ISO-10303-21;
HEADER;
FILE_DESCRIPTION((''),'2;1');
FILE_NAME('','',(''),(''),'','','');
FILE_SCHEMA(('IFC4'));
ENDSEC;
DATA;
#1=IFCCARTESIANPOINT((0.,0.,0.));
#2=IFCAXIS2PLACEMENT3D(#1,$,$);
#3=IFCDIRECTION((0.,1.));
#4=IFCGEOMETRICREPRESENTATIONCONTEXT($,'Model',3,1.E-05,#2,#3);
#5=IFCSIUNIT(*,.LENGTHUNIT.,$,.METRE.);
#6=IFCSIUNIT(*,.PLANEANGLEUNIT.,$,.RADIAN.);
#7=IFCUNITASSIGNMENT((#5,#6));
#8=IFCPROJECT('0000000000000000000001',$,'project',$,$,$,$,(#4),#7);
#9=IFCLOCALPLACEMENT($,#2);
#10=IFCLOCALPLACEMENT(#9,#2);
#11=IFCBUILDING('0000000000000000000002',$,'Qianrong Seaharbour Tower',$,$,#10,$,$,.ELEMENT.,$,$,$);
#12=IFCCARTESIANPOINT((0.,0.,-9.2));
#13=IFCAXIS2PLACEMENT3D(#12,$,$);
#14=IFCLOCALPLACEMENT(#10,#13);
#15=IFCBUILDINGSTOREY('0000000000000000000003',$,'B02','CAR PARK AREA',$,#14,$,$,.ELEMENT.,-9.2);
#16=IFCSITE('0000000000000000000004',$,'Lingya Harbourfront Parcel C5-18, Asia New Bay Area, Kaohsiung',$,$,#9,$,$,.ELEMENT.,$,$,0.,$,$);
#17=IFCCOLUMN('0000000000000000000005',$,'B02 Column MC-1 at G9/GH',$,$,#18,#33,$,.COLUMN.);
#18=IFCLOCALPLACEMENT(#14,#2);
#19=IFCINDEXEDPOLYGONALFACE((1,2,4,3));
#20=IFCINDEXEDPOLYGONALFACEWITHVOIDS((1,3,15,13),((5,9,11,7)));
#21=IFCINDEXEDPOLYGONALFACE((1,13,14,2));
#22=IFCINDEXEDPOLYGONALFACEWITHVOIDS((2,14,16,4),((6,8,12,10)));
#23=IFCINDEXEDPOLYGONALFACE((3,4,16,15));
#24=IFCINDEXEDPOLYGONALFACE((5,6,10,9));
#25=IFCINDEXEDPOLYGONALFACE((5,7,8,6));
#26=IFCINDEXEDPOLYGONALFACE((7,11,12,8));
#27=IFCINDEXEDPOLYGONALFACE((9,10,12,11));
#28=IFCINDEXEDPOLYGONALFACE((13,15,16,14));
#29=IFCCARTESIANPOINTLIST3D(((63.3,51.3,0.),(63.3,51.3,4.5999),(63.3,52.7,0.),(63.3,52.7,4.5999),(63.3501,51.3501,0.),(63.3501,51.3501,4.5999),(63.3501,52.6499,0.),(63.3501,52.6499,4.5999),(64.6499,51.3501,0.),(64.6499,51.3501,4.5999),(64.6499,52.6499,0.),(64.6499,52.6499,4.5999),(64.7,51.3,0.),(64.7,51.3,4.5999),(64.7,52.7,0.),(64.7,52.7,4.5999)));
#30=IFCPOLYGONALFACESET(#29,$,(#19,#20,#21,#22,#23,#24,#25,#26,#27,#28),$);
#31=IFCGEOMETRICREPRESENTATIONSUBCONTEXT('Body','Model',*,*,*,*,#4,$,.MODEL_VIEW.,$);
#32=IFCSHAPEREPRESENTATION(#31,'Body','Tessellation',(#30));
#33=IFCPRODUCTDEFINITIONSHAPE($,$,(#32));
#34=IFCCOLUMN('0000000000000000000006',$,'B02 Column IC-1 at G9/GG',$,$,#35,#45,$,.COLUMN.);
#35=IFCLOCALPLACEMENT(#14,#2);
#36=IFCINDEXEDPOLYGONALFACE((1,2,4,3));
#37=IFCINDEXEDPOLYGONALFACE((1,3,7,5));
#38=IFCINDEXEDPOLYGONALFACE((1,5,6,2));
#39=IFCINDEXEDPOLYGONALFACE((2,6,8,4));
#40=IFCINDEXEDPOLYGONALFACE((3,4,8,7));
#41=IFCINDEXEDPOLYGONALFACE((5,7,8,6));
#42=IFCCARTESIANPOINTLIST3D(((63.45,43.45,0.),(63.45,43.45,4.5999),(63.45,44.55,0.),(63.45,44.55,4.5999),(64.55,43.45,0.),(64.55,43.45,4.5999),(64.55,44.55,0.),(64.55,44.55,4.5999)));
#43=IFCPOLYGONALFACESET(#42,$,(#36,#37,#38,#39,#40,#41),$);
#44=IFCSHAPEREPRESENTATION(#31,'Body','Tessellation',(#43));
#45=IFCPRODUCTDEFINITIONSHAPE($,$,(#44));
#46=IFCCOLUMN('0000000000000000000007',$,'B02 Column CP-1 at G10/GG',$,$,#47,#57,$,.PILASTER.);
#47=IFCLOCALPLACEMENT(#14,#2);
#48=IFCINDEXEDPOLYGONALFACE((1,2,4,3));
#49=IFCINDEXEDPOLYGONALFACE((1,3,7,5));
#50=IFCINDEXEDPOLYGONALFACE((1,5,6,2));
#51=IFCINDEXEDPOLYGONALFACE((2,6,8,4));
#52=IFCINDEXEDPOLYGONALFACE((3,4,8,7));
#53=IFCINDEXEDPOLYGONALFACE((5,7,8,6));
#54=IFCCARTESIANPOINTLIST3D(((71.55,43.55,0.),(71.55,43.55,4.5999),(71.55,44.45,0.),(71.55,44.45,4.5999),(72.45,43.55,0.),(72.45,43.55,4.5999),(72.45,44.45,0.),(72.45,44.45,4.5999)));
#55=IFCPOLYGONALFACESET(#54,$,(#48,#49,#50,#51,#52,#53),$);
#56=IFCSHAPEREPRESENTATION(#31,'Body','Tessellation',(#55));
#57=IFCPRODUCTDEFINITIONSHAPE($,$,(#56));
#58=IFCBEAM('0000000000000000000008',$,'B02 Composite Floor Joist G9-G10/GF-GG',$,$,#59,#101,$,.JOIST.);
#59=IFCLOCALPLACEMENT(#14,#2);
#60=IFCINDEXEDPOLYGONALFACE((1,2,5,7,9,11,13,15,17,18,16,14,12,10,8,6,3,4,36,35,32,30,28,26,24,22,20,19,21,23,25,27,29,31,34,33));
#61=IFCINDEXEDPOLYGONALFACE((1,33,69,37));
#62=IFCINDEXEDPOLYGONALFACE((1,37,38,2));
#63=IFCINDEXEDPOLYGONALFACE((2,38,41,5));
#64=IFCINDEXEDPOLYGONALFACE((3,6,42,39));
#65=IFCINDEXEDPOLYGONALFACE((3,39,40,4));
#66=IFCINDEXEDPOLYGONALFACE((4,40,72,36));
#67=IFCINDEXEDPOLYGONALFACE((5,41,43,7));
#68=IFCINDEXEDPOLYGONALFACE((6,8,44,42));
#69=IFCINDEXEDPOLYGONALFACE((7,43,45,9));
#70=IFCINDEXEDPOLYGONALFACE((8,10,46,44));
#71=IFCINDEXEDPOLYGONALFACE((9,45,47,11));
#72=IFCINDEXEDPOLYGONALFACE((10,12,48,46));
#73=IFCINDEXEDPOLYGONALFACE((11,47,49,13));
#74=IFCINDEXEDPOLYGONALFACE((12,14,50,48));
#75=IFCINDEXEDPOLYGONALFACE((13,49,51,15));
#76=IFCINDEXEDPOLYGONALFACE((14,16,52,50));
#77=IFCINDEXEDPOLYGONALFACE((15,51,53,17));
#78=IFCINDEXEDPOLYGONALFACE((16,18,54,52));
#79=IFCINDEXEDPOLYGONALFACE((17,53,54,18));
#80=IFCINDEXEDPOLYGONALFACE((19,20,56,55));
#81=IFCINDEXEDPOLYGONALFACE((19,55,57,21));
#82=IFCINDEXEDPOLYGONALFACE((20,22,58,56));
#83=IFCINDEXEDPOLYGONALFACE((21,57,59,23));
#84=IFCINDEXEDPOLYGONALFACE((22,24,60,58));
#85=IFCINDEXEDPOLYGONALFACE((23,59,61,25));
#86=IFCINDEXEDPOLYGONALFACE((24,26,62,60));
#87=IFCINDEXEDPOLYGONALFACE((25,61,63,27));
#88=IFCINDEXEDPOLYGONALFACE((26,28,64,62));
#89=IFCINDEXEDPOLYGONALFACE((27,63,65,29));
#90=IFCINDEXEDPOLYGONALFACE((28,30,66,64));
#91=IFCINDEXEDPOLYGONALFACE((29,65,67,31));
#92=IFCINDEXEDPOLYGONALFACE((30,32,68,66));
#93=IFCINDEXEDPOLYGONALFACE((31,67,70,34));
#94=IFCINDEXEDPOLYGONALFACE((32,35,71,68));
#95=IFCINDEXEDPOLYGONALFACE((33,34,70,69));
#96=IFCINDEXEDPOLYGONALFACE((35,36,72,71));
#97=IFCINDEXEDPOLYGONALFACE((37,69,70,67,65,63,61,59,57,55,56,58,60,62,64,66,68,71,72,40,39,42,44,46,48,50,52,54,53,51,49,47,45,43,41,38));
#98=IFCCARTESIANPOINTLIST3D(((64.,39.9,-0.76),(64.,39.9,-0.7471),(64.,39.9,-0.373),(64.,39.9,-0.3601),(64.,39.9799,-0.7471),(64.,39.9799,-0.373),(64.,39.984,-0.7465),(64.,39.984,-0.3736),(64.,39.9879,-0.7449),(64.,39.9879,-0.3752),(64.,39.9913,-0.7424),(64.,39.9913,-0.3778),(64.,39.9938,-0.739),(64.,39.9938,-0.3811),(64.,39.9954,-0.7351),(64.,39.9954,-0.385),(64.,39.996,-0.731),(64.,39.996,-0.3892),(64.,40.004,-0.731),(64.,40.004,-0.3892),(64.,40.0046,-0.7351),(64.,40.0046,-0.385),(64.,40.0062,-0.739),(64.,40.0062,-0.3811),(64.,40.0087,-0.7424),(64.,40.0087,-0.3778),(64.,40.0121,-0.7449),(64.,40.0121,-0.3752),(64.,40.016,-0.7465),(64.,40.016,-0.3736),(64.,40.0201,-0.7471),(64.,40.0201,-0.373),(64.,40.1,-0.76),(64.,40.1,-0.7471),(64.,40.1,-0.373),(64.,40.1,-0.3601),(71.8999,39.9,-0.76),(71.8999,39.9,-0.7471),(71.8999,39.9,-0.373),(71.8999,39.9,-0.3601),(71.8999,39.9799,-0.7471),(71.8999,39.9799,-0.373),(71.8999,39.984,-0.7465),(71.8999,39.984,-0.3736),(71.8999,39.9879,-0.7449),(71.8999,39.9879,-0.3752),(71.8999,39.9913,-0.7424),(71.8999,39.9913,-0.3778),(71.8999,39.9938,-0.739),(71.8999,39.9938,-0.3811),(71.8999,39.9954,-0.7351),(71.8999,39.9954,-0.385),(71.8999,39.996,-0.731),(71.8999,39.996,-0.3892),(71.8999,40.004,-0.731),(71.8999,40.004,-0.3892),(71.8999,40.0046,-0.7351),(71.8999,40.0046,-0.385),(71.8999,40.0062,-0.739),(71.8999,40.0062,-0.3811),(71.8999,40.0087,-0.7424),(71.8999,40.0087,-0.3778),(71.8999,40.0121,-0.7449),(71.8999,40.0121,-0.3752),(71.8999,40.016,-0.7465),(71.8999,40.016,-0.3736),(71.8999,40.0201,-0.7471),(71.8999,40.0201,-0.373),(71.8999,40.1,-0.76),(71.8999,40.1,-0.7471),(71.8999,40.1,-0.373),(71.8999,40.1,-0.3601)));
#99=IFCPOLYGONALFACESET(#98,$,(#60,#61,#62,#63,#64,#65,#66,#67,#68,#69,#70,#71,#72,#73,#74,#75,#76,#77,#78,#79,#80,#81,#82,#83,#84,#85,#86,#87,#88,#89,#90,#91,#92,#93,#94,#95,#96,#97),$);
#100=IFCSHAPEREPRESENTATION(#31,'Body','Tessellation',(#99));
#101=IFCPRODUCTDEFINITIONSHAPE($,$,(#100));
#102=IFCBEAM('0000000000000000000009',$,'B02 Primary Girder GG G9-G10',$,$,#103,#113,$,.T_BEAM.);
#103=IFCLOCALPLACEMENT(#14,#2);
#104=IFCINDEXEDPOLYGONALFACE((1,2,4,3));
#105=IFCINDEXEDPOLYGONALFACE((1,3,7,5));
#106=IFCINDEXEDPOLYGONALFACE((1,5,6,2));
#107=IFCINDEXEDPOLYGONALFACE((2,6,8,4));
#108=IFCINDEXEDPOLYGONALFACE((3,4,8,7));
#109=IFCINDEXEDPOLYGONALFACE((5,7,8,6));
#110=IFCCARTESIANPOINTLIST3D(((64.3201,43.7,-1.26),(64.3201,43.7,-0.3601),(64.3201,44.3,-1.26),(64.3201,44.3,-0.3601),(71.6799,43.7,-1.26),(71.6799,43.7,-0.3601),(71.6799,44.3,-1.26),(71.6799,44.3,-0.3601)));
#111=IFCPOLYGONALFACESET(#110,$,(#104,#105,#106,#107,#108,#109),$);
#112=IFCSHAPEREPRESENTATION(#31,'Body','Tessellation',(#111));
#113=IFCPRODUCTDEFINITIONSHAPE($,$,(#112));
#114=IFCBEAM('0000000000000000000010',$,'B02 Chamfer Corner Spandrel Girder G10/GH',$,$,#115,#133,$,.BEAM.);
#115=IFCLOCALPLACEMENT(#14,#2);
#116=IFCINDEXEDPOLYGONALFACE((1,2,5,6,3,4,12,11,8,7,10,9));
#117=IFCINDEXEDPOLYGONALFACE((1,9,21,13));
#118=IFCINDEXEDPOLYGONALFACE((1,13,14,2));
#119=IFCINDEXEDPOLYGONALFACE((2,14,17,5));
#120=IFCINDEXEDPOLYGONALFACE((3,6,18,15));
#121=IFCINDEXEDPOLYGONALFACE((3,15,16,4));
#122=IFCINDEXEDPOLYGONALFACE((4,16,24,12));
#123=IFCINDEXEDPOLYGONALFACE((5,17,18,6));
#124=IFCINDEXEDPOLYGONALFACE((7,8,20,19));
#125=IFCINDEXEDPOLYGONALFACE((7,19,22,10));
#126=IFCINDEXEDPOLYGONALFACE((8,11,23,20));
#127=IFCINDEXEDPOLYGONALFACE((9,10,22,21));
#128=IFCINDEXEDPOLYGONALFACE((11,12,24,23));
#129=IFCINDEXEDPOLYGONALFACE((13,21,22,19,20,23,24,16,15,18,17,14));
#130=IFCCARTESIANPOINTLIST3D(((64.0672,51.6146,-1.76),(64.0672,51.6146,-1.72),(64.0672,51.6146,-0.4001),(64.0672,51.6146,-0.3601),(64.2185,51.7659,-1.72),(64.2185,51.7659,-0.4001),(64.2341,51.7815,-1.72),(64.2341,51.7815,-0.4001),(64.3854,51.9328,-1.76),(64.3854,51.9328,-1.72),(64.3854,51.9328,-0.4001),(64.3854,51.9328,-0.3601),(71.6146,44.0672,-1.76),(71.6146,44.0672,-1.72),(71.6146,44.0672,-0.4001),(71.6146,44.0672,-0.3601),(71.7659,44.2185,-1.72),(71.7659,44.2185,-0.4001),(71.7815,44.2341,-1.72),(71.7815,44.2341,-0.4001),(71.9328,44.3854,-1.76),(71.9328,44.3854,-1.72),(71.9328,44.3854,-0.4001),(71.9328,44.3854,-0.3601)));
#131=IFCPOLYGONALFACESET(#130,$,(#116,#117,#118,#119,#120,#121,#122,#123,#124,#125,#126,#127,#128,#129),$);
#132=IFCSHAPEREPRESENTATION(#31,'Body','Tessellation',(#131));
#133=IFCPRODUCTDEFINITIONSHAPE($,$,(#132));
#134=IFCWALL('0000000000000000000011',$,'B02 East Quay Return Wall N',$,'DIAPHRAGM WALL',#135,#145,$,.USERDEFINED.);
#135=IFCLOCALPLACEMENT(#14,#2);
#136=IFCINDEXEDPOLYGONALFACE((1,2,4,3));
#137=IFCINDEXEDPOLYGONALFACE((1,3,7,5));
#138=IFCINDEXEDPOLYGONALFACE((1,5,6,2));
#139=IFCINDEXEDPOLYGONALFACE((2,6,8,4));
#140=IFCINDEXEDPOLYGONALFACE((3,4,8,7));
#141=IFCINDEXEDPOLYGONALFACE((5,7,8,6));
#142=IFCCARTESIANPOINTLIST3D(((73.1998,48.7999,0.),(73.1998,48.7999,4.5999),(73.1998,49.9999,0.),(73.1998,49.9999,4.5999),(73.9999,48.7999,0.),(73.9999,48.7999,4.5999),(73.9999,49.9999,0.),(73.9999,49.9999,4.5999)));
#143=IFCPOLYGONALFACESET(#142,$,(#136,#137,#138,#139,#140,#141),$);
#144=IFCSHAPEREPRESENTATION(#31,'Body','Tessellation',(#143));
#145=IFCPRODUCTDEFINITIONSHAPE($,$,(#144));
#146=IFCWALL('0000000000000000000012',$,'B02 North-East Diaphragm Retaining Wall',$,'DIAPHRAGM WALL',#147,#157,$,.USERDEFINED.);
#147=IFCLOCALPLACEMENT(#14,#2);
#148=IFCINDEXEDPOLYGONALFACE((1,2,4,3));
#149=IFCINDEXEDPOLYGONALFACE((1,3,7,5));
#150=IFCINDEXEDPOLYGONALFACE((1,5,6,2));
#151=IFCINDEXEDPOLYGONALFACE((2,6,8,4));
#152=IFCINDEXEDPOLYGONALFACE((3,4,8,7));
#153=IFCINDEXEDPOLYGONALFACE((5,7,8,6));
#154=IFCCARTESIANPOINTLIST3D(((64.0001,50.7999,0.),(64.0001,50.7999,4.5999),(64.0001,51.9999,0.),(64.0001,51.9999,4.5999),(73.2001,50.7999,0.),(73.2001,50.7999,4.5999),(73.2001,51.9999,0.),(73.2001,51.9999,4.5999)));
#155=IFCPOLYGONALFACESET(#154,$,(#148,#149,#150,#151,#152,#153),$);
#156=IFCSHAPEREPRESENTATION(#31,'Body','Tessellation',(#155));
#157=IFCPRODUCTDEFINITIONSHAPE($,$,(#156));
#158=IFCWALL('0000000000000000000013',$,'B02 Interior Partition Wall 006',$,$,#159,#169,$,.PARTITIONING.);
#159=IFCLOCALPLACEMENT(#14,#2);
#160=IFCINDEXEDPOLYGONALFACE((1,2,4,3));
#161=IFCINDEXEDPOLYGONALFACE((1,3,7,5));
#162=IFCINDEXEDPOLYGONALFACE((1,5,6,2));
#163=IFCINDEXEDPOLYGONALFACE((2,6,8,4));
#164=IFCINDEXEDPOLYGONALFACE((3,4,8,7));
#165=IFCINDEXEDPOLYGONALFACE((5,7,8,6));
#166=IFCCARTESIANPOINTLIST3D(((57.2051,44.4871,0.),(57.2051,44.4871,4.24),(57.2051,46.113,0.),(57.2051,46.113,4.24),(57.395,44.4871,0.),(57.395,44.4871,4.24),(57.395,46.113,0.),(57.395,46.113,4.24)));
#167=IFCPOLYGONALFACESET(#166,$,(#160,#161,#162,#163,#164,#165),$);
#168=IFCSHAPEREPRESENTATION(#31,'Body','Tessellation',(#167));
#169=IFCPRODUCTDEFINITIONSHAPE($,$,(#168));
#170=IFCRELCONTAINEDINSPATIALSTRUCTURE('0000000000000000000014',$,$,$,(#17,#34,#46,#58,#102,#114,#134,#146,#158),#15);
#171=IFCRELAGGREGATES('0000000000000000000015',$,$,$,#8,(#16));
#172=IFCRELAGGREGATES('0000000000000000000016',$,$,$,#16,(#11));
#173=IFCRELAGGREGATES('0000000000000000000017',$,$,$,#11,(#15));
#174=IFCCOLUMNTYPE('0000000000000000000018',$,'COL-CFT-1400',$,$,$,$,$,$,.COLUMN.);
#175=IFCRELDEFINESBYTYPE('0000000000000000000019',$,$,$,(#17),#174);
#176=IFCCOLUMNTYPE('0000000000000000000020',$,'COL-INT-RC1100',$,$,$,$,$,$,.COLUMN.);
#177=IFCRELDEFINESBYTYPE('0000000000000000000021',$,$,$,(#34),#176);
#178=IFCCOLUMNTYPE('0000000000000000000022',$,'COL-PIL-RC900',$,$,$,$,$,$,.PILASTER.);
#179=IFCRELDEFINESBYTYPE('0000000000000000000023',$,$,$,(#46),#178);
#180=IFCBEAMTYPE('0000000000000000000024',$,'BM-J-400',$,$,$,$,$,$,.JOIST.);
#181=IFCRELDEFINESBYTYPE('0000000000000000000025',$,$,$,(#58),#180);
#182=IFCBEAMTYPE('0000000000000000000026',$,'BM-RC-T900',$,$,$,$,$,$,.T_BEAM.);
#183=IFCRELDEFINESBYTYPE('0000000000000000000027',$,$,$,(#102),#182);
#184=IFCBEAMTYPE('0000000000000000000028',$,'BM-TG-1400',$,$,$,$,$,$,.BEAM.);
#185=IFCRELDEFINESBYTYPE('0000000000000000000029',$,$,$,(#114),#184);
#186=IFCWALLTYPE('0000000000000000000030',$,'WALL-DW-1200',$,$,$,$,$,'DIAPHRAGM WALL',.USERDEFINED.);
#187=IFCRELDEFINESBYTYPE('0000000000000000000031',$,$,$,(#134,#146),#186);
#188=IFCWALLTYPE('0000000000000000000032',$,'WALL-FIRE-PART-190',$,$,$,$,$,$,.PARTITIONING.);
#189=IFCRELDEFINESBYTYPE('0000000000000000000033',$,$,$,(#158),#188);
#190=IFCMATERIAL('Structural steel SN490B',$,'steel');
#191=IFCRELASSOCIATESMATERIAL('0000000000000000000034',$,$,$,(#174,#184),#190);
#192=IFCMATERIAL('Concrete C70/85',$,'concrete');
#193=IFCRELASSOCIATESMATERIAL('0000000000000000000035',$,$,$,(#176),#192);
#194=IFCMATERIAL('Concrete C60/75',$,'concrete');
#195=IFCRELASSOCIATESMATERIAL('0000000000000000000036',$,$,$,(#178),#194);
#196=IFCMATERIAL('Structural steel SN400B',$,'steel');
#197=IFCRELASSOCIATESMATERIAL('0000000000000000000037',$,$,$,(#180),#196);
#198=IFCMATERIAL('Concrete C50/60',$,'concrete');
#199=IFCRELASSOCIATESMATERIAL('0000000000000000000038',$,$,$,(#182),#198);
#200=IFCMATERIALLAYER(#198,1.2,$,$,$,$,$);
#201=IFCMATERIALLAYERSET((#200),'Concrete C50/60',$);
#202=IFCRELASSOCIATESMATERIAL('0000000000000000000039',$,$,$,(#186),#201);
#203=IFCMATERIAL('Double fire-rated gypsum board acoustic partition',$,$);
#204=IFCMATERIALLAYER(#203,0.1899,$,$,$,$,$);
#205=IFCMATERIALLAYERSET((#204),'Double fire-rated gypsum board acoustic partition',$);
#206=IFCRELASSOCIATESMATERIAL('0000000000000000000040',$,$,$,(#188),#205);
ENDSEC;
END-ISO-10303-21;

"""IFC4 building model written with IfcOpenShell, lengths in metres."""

from ifc_helpers import new_model, si_unit, direction, frame, frame_2d, origin, origin_2d, place, context, subcontext, project, spatial, rectangle, hollow_rectangle, i_section, extrude, material, layer, layer_set, material_profile, profile_set, type_object, element, save


model = new_model("IFC4")

# Units and contexts
model_context = context("Model", 3, precision=1e-05, world=origin(), true_north=direction((0.0, 1.0)))
body_context = subcontext(model_context, "Body", "Model", "MODEL_VIEW")
ifc_project = project(units=[si_unit("LENGTHUNIT", "METRE"), si_unit("PLANEANGLEUNIT", "RADIAN")], contexts=[model_context])

# Site, building, storey
site_placement = place(None, origin())
site = spatial("IfcSite", under=ifc_project, at=site_placement, Name="Lingya Harbourfront Parcel C5-18, Asia New Bay Area, Kaohsiung", CompositionType="ELEMENT", RefElevation=0.0)
building_placement = place(site_placement, origin())
building = spatial("IfcBuilding", under=site, at=building_placement, Name="Qianrong Seaharbour Tower", CompositionType="ELEMENT")
storey_placement = place(building_placement, frame((0.0, 0.0, -9.2)))
storey = spatial("IfcBuildingStorey", under=building, at=storey_placement, Name="B02", Description="CAR PARK AREA", CompositionType="ELEMENT", Elevation=-9.2)

# Columns
ifc_material_1 = material(Name="Structural steel SN490B", Category="steel")
ifc_material_profile_1 = material_profile(ifc_material_1, hollow_rectangle(XDim=1.3999, YDim=1.3999, WallThickness=0.05, at=origin_2d()), Name="BOX1400x1400x50")
ifc_profile_set_1 = profile_set([ifc_material_profile_1], Name="Structural steel SN490B")
column_type_1 = type_object("IfcColumnType", Name="COL-CFT-1400", PredefinedType="COLUMN", material=ifc_profile_set_1)
column_1_placement = place(storey_placement, frame((64.0, 52.0, 0.0), z_axis=(0.0, 0.0, 1.0), x_axis=(1.0, 0.0, 0.0)))
element("IfcColumn", 1, at=column_1_placement, inside=storey, type_object=column_type_1, Name="B02 Column MC-1 at G9/GH", PredefinedType="COLUMN", context=body_context, shape_type="SweptSolid", body=[
    extrude(hollow_rectangle(XDim=1.3999, YDim=1.3999, WallThickness=0.05, at=origin_2d()), origin(), (0.0, 0.0, 1.0), 4.5999),
])
ifc_material_2 = material(Name="Concrete C70/85", Category="concrete")
ifc_material_profile_2 = material_profile(ifc_material_2, rectangle(XDim=1.1001, YDim=1.1001, at=origin_2d()), Name="RC1100x1100")
ifc_profile_set_2 = profile_set([ifc_material_profile_2], Name="Concrete C70/85")
column_type_2 = type_object("IfcColumnType", Name="COL-INT-RC1100", PredefinedType="COLUMN", material=ifc_profile_set_2)
column_2_placement = place(storey_placement, frame((64.0, 44.0, 0.0), z_axis=(0.0, 0.0, 1.0), x_axis=(1.0, 0.0, 0.0)))
element("IfcColumn", 2, at=column_2_placement, inside=storey, type_object=column_type_2, Name="B02 Column IC-1 at G9/GG", PredefinedType="COLUMN", context=body_context, shape_type="SweptSolid", body=[
    extrude(rectangle(XDim=1.1001, YDim=1.1001, at=origin_2d()), origin(), (0.0, 0.0, 1.0), 4.5999),
])
ifc_material_3 = material(Name="Concrete C60/75", Category="concrete")
ifc_material_profile_3 = material_profile(ifc_material_3, rectangle(XDim=0.8999, YDim=0.8999, at=origin_2d()), Name="RC900x900")
ifc_profile_set_3 = profile_set([ifc_material_profile_3], Name="Concrete C60/75")
column_type_3 = type_object("IfcColumnType", Name="COL-PIL-RC900", PredefinedType="PILASTER", material=ifc_profile_set_3)
column_3_placement = place(storey_placement, frame((72.0, 44.0, 0.0), z_axis=(0.0, 0.0, 1.0), x_axis=(1.0, 0.0, 0.0)))
element("IfcColumn", 3, at=column_3_placement, inside=storey, type_object=column_type_3, Name="B02 Column CP-1 at G10/GG", PredefinedType="PILASTER", context=body_context, shape_type="SweptSolid", body=[
    extrude(rectangle(XDim=0.8999, YDim=0.8999, at=origin_2d()), origin(), (0.0, 0.0, 1.0), 4.5999),
])

# Beams
ifc_material_4 = material(Name="Structural steel SN400B", Category="steel")
ifc_material_profile_4 = material_profile(ifc_material_4, i_section(OverallWidth=0.2, OverallDepth=0.3999, WebThickness=0.0081, FlangeThickness=0.0129, FilletRadius=0.0161, at=origin_2d()), Name="H400x200x8x13")
ifc_profile_set_4 = profile_set([ifc_material_profile_4], Name="Structural steel SN400B")
beam_type_1 = type_object("IfcBeamType", Name="BM-J-400", PredefinedType="JOIST", material=ifc_profile_set_4)
beam_1_placement = place(storey_placement, frame((64.0, 40.0, -0.5601), z_axis=(1.0, 0.0, 0.0), x_axis=(0.0, 1.0, 0.0)))
element("IfcBeam", 4, at=beam_1_placement, inside=storey, type_object=beam_type_1, Name="B02 Composite Floor Joist G9-G10/GF-GG", PredefinedType="JOIST", context=body_context, shape_type="SweptSolid", body=[
    extrude(i_section(OverallWidth=0.2, OverallDepth=0.3999, WebThickness=0.0081, FlangeThickness=0.0129, FilletRadius=0.0161, at=origin_2d()), origin(), (0.0, 0.0, 1.0), 7.8999),
])
ifc_material_5 = material(Name="Concrete C50/60", Category="concrete")
ifc_material_profile_5 = material_profile(ifc_material_5, rectangle(XDim=0.6001, YDim=0.8999, at=origin_2d()), Name="RC600x900")
ifc_profile_set_5 = profile_set([ifc_material_profile_5], Name="Concrete C50/60")
beam_type_2 = type_object("IfcBeamType", Name="BM-RC-T900", PredefinedType="T_BEAM", material=ifc_profile_set_5)
beam_2_placement = place(storey_placement, frame((64.3201, 44.0, -0.8101), z_axis=(1.0, 0.0, 0.0), x_axis=(0.0, 1.0, 0.0)))
element("IfcBeam", 5, at=beam_2_placement, inside=storey, type_object=beam_type_2, Name="B02 Primary Girder GG G9-G10", PredefinedType="T_BEAM", context=body_context, shape_type="SweptSolid", body=[
    extrude(rectangle(XDim=0.6001, YDim=0.8999, at=origin_2d()), origin(), (0.0, 0.0, 1.0), 7.3599),
])
ifc_material_profile_6 = material_profile(ifc_material_1, i_section(OverallWidth=0.45, OverallDepth=1.3999, WebThickness=0.022, FlangeThickness=0.04, at=origin_2d()), Name="BH1400x450x22x40")
ifc_profile_set_6 = profile_set([ifc_material_profile_6], Name="Structural steel SN490B")
beam_type_3 = type_object("IfcBeamType", Name="BM-TG-1400", PredefinedType="BEAM", material=ifc_profile_set_6)
beam_3_placement = place(storey_placement, frame((64.2263, 51.7737, -1.0601), z_axis=(0.707107, -0.707107, 0.0), x_axis=(0.707107, 0.707107, 0.0)))
element("IfcBeam", 6, at=beam_3_placement, inside=storey, type_object=beam_type_3, Name="B02 Chamfer Corner Spandrel Girder G10/GH", PredefinedType="BEAM", context=body_context, shape_type="SweptSolid", body=[
    extrude(i_section(OverallWidth=0.45, OverallDepth=1.3999, WebThickness=0.022, FlangeThickness=0.04, at=origin_2d()), origin(), (0.0, 0.0, 1.0), 10.6736),
])

# Walls
ifc_layer_1 = layer(ifc_material_5, 1.2)
ifc_layer_set_1 = layer_set([ifc_layer_1], Name="Concrete C50/60")
wall_type_1 = type_object("IfcWallType", Name="WALL-DW-1200", ElementType="DIAPHRAGM WALL", PredefinedType="USERDEFINED", material=ifc_layer_set_1)
wall_1_placement = place(storey_placement, frame((73.2, 49.3999, 0.0), z_axis=(0.0, 0.0, 1.0), x_axis=(1.0, 0.0, 0.0)))
element("IfcWall", 7, at=wall_1_placement, inside=storey, type_object=wall_type_1, Name="B02 East Quay Return Wall N", ObjectType="DIAPHRAGM WALL", PredefinedType="USERDEFINED", context=body_context, shape_type="SweptSolid", body=[
    extrude(rectangle(XDim=0.8, YDim=1.2, at=frame_2d((0.3999, 0.0))), origin(), (0.0, 0.0, 1.0), 4.5999),
])
wall_2_placement = place(storey_placement, frame((64.0, 51.3999, 0.0), z_axis=(0.0, 0.0, 1.0), x_axis=(1.0, 0.0, 0.0)))
element("IfcWall", 8, at=wall_2_placement, inside=storey, type_object=wall_type_1, Name="B02 North-East Diaphragm Retaining Wall", ObjectType="DIAPHRAGM WALL", PredefinedType="USERDEFINED", context=body_context, shape_type="SweptSolid", body=[
    extrude(rectangle(XDim=9.2, YDim=1.2, at=frame_2d((4.6001, 0.0))), origin(), (0.0, 0.0, 1.0), 4.5999),
])
ifc_material_6 = material(Name="Double fire-rated gypsum board acoustic partition")
ifc_layer_2 = layer(ifc_material_6, 0.1899)
ifc_layer_set_2 = layer_set([ifc_layer_2], Name="Double fire-rated gypsum board acoustic partition")
wall_type_2 = type_object("IfcWallType", Name="WALL-FIRE-PART-190", PredefinedType="PARTITIONING", material=ifc_layer_set_2)
wall_3_placement = place(storey_placement, frame((57.3, 46.113, 0.0), z_axis=(0.0, 0.0, 1.0), x_axis=(0.0, -1.0, 0.0)))
element("IfcWall", 9, at=wall_3_placement, inside=storey, type_object=wall_type_2, Name="B02 Interior Partition Wall 006", PredefinedType="PARTITIONING", context=body_context, shape_type="SweptSolid", body=[
    extrude(rectangle(XDim=1.626, YDim=0.1899, at=frame_2d((0.813, 0.0))), origin(), (0.0, 0.0, 1.0), 4.24),
])

save(model, "model.ifc")
